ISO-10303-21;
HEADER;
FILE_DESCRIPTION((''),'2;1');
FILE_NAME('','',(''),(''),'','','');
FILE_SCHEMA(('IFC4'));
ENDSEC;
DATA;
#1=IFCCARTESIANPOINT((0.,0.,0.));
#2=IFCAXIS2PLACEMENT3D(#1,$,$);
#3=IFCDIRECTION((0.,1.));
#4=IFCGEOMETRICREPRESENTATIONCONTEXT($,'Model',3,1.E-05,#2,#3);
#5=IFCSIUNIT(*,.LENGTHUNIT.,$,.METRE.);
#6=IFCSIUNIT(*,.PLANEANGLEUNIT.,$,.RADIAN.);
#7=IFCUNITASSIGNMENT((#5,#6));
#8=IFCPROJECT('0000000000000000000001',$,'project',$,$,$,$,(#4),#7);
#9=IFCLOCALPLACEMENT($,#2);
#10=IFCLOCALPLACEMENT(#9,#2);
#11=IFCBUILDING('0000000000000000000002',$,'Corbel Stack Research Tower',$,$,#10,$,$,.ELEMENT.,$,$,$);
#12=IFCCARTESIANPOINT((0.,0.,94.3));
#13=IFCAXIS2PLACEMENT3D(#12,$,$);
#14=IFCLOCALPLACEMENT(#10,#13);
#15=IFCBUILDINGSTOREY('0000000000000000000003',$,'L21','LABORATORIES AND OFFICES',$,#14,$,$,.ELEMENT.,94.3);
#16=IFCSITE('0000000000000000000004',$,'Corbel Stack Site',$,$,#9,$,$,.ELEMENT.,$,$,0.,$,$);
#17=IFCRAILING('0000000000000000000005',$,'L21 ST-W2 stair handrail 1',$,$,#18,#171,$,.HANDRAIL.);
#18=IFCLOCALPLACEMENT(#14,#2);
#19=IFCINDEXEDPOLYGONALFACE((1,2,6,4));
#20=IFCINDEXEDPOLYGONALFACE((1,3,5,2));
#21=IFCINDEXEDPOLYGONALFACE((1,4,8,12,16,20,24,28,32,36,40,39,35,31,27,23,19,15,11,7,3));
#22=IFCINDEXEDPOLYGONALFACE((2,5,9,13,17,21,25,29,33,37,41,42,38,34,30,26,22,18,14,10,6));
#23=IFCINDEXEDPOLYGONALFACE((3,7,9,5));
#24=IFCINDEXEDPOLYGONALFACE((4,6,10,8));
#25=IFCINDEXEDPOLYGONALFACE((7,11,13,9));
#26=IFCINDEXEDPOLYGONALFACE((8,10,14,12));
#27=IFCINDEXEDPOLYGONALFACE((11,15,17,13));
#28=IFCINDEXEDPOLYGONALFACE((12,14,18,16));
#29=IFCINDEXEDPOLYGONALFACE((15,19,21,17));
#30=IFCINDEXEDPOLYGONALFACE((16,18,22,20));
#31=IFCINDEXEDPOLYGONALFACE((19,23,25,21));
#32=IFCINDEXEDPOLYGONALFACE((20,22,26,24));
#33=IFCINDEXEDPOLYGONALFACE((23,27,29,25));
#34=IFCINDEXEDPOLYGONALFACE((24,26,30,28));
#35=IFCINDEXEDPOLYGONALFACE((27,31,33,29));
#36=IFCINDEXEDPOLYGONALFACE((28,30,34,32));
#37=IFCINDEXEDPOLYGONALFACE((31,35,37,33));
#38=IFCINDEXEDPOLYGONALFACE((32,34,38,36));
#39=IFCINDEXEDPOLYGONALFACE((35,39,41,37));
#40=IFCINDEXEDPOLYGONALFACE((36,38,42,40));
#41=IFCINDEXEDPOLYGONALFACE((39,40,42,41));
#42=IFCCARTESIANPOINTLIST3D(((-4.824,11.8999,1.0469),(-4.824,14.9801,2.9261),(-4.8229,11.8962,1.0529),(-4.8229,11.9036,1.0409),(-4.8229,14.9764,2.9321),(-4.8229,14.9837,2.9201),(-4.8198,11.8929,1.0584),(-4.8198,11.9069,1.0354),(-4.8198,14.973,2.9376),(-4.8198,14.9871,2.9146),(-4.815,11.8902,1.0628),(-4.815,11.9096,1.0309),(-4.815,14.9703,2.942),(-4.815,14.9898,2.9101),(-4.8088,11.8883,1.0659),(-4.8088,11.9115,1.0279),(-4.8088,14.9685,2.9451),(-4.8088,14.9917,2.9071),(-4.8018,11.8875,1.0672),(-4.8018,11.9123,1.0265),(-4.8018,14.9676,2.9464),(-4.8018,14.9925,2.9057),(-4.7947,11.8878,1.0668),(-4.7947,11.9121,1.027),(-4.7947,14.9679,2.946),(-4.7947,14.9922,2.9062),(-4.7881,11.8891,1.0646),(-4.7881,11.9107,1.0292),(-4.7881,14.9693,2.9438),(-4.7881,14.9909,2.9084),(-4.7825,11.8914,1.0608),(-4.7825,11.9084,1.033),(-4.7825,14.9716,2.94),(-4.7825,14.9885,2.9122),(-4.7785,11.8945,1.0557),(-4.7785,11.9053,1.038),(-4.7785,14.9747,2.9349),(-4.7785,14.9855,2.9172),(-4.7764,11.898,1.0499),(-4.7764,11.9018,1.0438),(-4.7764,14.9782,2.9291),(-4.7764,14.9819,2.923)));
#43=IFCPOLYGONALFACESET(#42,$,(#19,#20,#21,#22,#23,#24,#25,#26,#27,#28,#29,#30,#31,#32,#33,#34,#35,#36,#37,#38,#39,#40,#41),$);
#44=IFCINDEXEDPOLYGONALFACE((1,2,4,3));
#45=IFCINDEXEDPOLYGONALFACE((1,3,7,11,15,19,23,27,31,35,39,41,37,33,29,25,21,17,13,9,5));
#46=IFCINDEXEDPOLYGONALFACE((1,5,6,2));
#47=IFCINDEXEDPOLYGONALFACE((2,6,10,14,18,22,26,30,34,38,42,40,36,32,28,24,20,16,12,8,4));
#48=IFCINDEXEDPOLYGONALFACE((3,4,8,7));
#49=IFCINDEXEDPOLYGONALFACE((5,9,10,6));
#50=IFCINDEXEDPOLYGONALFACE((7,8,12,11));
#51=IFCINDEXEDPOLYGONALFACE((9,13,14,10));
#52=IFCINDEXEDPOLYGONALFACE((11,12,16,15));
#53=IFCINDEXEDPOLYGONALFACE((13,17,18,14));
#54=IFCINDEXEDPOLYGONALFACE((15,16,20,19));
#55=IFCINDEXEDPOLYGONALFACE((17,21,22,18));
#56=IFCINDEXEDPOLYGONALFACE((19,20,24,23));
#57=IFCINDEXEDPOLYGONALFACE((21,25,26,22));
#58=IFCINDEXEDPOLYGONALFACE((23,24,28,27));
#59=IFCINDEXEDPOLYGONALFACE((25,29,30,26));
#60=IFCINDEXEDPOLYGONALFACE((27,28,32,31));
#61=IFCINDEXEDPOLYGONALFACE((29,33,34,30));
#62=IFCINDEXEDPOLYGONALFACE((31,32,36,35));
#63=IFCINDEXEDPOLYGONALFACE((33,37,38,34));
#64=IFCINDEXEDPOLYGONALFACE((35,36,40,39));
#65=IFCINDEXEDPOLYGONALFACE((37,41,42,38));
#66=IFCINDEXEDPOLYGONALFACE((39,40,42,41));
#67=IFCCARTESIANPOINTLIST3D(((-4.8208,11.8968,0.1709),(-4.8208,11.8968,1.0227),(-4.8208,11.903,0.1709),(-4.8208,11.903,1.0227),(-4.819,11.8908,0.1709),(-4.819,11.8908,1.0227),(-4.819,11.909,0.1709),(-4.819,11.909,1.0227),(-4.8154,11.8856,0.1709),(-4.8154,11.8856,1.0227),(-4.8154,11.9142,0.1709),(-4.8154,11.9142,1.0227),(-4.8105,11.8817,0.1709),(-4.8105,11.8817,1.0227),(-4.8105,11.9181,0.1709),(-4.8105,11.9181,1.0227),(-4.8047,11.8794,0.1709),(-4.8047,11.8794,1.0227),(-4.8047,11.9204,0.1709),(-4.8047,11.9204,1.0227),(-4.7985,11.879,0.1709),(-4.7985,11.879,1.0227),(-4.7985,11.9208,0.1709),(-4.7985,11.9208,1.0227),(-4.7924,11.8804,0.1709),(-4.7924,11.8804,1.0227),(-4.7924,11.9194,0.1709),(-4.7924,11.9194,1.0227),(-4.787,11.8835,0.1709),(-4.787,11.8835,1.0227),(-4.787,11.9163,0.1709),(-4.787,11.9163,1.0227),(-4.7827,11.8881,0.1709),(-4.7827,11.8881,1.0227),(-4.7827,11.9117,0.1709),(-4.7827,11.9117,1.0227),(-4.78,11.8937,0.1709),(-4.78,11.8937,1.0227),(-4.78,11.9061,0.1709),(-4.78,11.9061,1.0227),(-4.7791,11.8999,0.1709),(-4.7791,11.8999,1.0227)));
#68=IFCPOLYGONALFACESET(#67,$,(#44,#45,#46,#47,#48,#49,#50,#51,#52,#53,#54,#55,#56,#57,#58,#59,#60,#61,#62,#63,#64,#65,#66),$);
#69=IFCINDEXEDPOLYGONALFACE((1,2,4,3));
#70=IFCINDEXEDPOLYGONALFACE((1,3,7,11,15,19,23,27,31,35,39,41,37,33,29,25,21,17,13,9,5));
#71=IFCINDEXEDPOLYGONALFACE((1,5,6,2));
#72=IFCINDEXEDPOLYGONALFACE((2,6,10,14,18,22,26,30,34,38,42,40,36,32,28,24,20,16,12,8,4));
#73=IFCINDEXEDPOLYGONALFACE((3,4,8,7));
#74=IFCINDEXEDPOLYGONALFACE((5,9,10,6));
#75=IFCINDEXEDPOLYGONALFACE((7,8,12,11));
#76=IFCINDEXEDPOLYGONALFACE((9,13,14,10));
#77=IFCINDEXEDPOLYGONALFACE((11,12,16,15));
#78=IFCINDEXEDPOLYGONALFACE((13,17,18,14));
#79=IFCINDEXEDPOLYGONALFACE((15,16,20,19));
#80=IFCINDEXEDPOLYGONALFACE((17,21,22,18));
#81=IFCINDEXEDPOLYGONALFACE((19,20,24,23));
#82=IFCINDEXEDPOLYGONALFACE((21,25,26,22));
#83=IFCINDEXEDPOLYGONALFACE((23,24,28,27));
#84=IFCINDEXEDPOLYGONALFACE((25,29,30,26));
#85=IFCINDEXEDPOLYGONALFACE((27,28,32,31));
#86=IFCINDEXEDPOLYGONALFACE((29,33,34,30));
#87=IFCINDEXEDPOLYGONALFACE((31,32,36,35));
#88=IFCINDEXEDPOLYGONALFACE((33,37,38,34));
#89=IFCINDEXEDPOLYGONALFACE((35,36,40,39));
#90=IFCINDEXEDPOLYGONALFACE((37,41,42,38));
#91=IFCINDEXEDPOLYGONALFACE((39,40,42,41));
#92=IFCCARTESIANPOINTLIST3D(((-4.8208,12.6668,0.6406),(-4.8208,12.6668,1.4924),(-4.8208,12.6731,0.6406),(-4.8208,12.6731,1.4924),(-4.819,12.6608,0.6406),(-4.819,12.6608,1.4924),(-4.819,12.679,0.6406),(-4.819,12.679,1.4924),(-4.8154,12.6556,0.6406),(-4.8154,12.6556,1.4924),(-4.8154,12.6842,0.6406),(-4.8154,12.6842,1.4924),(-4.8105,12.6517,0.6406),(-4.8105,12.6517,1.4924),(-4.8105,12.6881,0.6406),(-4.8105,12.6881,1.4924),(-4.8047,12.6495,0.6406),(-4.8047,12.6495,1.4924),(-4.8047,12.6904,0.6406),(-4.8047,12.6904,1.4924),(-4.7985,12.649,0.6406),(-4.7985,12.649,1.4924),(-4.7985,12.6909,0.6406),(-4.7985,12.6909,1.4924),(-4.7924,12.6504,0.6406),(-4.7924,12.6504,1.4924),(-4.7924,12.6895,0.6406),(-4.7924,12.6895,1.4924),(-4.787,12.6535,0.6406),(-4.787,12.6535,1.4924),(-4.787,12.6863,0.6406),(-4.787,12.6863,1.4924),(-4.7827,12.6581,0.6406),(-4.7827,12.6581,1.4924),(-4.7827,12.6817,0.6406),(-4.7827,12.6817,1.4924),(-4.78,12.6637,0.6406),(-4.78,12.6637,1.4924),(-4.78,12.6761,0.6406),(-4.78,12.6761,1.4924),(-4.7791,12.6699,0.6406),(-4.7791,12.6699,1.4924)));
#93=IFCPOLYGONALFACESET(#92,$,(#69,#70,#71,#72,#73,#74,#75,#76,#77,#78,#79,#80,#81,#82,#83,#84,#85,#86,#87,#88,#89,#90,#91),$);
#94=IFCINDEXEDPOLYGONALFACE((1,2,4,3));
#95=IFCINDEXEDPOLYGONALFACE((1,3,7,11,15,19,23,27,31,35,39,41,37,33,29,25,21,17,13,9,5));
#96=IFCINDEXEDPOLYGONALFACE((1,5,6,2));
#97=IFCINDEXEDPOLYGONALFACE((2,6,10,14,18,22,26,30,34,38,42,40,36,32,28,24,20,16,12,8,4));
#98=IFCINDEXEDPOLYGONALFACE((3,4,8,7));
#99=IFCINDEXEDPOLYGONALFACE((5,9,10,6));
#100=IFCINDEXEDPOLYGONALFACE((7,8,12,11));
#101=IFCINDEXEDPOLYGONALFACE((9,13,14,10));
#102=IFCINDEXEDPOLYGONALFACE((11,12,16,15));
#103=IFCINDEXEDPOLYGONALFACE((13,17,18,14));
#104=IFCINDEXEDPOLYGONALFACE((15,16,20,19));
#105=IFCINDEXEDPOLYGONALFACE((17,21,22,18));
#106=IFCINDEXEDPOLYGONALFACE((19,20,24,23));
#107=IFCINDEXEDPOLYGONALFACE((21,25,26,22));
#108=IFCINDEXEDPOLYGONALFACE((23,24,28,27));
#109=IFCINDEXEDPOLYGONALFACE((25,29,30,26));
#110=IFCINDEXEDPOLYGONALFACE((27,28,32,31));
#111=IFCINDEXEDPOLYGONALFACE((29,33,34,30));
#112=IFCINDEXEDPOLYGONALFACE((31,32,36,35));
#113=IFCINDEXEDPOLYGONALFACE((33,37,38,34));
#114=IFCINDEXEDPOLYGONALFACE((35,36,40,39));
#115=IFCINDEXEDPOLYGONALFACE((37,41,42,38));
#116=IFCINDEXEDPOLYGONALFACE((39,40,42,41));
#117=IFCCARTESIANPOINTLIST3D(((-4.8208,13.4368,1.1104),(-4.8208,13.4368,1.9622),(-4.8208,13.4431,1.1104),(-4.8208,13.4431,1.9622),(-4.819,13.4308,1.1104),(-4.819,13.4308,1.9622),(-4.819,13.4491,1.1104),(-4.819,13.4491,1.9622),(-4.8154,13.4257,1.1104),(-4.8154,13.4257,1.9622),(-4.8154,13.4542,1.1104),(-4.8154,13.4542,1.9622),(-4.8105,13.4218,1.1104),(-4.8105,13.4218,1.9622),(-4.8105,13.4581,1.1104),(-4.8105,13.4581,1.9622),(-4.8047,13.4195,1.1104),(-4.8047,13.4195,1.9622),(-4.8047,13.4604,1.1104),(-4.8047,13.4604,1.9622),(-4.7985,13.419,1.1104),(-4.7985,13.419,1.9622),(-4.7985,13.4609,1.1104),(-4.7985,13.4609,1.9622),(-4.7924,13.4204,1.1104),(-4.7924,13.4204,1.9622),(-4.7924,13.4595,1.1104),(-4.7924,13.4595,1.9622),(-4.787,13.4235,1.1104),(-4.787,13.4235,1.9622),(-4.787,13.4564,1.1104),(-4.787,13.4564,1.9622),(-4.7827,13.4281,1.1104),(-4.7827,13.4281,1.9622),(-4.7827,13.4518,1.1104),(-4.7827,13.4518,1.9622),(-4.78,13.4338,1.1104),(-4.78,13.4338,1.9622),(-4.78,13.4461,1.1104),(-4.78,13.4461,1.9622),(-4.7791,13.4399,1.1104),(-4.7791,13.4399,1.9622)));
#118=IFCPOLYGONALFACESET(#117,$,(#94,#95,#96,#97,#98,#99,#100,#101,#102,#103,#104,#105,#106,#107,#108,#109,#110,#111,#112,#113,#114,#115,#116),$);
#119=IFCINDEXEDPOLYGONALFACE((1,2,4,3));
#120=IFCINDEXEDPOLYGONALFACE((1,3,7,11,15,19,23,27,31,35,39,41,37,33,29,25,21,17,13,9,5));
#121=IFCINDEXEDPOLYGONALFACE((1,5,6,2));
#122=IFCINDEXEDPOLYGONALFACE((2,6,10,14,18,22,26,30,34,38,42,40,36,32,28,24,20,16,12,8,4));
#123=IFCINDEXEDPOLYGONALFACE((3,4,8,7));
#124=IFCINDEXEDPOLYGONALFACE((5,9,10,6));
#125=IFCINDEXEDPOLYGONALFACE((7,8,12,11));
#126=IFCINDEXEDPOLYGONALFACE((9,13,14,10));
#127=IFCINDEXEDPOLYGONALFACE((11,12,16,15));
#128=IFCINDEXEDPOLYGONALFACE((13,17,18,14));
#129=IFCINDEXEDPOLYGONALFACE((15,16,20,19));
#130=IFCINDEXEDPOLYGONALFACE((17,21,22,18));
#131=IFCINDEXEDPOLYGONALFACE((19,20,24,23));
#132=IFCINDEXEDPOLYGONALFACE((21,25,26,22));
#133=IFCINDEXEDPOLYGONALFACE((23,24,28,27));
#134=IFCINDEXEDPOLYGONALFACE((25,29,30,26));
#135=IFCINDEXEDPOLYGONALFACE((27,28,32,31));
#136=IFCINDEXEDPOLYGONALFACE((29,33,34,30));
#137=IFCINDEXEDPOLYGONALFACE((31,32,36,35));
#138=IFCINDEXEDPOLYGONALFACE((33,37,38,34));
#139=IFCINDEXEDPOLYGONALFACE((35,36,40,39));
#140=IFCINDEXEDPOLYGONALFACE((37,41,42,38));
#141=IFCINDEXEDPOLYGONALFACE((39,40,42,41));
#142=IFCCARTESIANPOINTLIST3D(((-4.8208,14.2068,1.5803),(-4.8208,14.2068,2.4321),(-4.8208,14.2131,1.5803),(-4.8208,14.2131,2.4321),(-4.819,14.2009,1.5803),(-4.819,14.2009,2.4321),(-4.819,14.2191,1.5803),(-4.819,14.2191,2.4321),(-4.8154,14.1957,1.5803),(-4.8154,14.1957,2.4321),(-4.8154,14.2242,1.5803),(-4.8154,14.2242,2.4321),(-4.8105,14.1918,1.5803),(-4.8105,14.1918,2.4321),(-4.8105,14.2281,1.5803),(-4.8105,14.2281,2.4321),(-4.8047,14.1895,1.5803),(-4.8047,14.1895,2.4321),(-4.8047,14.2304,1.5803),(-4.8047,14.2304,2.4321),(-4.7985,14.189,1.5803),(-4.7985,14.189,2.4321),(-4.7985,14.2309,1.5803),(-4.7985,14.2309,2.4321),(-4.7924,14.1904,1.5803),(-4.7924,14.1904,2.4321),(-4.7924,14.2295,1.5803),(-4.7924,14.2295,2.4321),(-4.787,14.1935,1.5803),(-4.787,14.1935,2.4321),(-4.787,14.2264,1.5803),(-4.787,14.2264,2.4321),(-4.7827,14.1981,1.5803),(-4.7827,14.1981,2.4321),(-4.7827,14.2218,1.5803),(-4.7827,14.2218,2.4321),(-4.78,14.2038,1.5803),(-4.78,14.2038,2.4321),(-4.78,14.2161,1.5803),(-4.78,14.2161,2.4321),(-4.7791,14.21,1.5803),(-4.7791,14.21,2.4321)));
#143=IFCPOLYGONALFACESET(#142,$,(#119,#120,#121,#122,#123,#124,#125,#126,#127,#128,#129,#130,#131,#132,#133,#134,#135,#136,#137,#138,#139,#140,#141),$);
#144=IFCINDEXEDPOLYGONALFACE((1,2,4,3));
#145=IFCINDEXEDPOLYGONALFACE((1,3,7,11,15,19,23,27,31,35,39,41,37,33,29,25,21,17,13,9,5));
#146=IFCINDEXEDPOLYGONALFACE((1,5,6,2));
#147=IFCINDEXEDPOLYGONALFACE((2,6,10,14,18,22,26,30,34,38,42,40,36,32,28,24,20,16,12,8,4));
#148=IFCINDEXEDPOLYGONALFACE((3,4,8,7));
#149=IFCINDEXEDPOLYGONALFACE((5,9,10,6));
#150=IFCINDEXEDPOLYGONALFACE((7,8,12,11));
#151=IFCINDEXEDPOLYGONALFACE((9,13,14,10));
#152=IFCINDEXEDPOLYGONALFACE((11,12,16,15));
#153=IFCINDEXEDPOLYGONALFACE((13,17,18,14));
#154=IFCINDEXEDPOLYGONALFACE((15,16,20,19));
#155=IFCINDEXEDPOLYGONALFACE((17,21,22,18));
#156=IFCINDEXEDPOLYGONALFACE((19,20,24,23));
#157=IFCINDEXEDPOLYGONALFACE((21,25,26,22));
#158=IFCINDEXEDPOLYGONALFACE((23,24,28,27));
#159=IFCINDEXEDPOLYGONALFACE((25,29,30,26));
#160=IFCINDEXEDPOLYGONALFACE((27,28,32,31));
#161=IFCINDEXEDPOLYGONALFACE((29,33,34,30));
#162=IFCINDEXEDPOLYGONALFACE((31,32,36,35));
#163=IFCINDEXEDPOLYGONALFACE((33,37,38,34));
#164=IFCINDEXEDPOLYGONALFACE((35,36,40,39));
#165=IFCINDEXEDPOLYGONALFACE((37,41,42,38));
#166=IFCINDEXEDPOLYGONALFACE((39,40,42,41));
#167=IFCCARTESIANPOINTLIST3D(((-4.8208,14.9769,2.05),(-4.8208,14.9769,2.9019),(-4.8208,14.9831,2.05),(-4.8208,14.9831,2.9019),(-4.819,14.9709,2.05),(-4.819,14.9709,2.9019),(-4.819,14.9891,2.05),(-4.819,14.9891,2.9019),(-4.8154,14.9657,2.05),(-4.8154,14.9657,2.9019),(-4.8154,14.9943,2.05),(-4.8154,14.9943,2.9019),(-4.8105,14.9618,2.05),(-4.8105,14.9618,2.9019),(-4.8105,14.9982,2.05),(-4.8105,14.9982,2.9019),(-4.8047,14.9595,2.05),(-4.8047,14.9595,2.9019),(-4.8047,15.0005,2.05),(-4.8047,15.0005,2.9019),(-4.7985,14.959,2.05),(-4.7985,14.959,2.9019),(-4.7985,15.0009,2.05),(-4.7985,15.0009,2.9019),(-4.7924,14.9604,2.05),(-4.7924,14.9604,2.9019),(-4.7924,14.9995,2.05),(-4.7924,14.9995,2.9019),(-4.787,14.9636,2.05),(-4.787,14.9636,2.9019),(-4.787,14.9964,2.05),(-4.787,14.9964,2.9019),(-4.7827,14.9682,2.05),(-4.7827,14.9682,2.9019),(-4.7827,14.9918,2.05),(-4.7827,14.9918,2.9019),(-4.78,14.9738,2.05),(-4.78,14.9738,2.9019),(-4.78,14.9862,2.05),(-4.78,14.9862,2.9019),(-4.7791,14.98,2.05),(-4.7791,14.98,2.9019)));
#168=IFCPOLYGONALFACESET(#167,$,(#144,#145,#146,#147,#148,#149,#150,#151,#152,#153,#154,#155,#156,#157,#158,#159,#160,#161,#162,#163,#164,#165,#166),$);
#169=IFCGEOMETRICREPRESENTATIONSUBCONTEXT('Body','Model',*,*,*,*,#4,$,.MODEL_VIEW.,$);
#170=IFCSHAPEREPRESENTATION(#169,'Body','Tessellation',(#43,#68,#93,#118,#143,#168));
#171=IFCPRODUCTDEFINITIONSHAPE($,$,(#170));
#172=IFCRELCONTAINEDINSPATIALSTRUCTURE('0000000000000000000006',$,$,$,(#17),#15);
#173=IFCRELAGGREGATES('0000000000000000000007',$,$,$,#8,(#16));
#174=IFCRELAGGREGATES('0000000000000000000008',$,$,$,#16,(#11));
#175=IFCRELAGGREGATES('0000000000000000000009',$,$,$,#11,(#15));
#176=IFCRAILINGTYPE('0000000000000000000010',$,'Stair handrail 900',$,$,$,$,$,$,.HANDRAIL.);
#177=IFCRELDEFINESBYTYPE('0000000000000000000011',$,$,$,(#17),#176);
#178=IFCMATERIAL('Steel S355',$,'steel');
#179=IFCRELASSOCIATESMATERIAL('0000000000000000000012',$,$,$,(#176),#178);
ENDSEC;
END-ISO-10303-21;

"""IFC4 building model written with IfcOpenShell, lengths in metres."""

from ifc_helpers import new_model, si_unit, direction, frame, origin, origin_2d, place, context, subcontext, project, spatial, circle, extrude, material, type_object, element, save


model = new_model("IFC4")

# Units and contexts
model_context = context("Model", 3, precision=1e-05, world=origin(), true_north=direction((0.0, 1.0)))
body_context = subcontext(model_context, "Body", "Model", "MODEL_VIEW")
ifc_project = project(units=[si_unit("LENGTHUNIT", "METRE"), si_unit("PLANEANGLEUNIT", "RADIAN")], contexts=[model_context])

# Site, building, storey
site_placement = place(None, origin())
site = spatial("IfcSite", under=ifc_project, at=site_placement, Name="Corbel Stack Site", CompositionType="ELEMENT", RefElevation=0.0)
building_placement = place(site_placement, origin())
building = spatial("IfcBuilding", under=site, at=building_placement, Name="Corbel Stack Research Tower", CompositionType="ELEMENT")
storey_placement = place(building_placement, frame((0.0, 0.0, 94.3)))
storey = spatial("IfcBuildingStorey", under=building, at=storey_placement, Name="L21", Description="LABORATORIES AND OFFICES", CompositionType="ELEMENT", Elevation=94.3)

# Railing
ifc_material_1 = material(Name="Steel S355", Category="steel")
railing_type_1 = type_object("IfcRailingType", Name="Stair handrail 900", PredefinedType="HANDRAIL", material=ifc_material_1)
railing_1_placement = place(storey_placement, frame((-4.8, 11.8999, 0.1709)))
element("IfcRailing", 1, at=railing_1_placement, inside=storey, type_object=railing_type_1, Name="L21 ST-W2 stair handrail 1", PredefinedType="HANDRAIL", context=body_context, shape_type="SweptSolid", body=[
    extrude(circle(Radius=0.0239, at=origin_2d()), frame((0.0, 0.0, 0.876), z_axis=(0.0, 0.853666, 0.52082), x_axis=(-1.0, 0.0, 0.0)), (0.0, 0.0, 1.0), 3.6082),
    extrude(circle(Radius=0.021, at=origin_2d()), origin(), (0.0, 0.0, 1.0), 0.8518),
    extrude(circle(Radius=0.021, at=origin_2d()), frame((0.0, 0.77, 0.4697)), (0.0, 0.0, 1.0), 0.8518),
    extrude(circle(Radius=0.021, at=origin_2d()), frame((0.0, 1.54, 0.9395)), (0.0, 0.0, 1.0), 0.8518),
    extrude(circle(Radius=0.021, at=origin_2d()), frame((0.0, 2.3101, 1.4094)), (0.0, 0.0, 1.0), 0.8518),
    extrude(circle(Radius=0.021, at=origin_2d()), frame((0.0, 3.0801, 1.8792)), (0.0, 0.0, 1.0), 0.8518),
])

save(model, "model.ifc")
